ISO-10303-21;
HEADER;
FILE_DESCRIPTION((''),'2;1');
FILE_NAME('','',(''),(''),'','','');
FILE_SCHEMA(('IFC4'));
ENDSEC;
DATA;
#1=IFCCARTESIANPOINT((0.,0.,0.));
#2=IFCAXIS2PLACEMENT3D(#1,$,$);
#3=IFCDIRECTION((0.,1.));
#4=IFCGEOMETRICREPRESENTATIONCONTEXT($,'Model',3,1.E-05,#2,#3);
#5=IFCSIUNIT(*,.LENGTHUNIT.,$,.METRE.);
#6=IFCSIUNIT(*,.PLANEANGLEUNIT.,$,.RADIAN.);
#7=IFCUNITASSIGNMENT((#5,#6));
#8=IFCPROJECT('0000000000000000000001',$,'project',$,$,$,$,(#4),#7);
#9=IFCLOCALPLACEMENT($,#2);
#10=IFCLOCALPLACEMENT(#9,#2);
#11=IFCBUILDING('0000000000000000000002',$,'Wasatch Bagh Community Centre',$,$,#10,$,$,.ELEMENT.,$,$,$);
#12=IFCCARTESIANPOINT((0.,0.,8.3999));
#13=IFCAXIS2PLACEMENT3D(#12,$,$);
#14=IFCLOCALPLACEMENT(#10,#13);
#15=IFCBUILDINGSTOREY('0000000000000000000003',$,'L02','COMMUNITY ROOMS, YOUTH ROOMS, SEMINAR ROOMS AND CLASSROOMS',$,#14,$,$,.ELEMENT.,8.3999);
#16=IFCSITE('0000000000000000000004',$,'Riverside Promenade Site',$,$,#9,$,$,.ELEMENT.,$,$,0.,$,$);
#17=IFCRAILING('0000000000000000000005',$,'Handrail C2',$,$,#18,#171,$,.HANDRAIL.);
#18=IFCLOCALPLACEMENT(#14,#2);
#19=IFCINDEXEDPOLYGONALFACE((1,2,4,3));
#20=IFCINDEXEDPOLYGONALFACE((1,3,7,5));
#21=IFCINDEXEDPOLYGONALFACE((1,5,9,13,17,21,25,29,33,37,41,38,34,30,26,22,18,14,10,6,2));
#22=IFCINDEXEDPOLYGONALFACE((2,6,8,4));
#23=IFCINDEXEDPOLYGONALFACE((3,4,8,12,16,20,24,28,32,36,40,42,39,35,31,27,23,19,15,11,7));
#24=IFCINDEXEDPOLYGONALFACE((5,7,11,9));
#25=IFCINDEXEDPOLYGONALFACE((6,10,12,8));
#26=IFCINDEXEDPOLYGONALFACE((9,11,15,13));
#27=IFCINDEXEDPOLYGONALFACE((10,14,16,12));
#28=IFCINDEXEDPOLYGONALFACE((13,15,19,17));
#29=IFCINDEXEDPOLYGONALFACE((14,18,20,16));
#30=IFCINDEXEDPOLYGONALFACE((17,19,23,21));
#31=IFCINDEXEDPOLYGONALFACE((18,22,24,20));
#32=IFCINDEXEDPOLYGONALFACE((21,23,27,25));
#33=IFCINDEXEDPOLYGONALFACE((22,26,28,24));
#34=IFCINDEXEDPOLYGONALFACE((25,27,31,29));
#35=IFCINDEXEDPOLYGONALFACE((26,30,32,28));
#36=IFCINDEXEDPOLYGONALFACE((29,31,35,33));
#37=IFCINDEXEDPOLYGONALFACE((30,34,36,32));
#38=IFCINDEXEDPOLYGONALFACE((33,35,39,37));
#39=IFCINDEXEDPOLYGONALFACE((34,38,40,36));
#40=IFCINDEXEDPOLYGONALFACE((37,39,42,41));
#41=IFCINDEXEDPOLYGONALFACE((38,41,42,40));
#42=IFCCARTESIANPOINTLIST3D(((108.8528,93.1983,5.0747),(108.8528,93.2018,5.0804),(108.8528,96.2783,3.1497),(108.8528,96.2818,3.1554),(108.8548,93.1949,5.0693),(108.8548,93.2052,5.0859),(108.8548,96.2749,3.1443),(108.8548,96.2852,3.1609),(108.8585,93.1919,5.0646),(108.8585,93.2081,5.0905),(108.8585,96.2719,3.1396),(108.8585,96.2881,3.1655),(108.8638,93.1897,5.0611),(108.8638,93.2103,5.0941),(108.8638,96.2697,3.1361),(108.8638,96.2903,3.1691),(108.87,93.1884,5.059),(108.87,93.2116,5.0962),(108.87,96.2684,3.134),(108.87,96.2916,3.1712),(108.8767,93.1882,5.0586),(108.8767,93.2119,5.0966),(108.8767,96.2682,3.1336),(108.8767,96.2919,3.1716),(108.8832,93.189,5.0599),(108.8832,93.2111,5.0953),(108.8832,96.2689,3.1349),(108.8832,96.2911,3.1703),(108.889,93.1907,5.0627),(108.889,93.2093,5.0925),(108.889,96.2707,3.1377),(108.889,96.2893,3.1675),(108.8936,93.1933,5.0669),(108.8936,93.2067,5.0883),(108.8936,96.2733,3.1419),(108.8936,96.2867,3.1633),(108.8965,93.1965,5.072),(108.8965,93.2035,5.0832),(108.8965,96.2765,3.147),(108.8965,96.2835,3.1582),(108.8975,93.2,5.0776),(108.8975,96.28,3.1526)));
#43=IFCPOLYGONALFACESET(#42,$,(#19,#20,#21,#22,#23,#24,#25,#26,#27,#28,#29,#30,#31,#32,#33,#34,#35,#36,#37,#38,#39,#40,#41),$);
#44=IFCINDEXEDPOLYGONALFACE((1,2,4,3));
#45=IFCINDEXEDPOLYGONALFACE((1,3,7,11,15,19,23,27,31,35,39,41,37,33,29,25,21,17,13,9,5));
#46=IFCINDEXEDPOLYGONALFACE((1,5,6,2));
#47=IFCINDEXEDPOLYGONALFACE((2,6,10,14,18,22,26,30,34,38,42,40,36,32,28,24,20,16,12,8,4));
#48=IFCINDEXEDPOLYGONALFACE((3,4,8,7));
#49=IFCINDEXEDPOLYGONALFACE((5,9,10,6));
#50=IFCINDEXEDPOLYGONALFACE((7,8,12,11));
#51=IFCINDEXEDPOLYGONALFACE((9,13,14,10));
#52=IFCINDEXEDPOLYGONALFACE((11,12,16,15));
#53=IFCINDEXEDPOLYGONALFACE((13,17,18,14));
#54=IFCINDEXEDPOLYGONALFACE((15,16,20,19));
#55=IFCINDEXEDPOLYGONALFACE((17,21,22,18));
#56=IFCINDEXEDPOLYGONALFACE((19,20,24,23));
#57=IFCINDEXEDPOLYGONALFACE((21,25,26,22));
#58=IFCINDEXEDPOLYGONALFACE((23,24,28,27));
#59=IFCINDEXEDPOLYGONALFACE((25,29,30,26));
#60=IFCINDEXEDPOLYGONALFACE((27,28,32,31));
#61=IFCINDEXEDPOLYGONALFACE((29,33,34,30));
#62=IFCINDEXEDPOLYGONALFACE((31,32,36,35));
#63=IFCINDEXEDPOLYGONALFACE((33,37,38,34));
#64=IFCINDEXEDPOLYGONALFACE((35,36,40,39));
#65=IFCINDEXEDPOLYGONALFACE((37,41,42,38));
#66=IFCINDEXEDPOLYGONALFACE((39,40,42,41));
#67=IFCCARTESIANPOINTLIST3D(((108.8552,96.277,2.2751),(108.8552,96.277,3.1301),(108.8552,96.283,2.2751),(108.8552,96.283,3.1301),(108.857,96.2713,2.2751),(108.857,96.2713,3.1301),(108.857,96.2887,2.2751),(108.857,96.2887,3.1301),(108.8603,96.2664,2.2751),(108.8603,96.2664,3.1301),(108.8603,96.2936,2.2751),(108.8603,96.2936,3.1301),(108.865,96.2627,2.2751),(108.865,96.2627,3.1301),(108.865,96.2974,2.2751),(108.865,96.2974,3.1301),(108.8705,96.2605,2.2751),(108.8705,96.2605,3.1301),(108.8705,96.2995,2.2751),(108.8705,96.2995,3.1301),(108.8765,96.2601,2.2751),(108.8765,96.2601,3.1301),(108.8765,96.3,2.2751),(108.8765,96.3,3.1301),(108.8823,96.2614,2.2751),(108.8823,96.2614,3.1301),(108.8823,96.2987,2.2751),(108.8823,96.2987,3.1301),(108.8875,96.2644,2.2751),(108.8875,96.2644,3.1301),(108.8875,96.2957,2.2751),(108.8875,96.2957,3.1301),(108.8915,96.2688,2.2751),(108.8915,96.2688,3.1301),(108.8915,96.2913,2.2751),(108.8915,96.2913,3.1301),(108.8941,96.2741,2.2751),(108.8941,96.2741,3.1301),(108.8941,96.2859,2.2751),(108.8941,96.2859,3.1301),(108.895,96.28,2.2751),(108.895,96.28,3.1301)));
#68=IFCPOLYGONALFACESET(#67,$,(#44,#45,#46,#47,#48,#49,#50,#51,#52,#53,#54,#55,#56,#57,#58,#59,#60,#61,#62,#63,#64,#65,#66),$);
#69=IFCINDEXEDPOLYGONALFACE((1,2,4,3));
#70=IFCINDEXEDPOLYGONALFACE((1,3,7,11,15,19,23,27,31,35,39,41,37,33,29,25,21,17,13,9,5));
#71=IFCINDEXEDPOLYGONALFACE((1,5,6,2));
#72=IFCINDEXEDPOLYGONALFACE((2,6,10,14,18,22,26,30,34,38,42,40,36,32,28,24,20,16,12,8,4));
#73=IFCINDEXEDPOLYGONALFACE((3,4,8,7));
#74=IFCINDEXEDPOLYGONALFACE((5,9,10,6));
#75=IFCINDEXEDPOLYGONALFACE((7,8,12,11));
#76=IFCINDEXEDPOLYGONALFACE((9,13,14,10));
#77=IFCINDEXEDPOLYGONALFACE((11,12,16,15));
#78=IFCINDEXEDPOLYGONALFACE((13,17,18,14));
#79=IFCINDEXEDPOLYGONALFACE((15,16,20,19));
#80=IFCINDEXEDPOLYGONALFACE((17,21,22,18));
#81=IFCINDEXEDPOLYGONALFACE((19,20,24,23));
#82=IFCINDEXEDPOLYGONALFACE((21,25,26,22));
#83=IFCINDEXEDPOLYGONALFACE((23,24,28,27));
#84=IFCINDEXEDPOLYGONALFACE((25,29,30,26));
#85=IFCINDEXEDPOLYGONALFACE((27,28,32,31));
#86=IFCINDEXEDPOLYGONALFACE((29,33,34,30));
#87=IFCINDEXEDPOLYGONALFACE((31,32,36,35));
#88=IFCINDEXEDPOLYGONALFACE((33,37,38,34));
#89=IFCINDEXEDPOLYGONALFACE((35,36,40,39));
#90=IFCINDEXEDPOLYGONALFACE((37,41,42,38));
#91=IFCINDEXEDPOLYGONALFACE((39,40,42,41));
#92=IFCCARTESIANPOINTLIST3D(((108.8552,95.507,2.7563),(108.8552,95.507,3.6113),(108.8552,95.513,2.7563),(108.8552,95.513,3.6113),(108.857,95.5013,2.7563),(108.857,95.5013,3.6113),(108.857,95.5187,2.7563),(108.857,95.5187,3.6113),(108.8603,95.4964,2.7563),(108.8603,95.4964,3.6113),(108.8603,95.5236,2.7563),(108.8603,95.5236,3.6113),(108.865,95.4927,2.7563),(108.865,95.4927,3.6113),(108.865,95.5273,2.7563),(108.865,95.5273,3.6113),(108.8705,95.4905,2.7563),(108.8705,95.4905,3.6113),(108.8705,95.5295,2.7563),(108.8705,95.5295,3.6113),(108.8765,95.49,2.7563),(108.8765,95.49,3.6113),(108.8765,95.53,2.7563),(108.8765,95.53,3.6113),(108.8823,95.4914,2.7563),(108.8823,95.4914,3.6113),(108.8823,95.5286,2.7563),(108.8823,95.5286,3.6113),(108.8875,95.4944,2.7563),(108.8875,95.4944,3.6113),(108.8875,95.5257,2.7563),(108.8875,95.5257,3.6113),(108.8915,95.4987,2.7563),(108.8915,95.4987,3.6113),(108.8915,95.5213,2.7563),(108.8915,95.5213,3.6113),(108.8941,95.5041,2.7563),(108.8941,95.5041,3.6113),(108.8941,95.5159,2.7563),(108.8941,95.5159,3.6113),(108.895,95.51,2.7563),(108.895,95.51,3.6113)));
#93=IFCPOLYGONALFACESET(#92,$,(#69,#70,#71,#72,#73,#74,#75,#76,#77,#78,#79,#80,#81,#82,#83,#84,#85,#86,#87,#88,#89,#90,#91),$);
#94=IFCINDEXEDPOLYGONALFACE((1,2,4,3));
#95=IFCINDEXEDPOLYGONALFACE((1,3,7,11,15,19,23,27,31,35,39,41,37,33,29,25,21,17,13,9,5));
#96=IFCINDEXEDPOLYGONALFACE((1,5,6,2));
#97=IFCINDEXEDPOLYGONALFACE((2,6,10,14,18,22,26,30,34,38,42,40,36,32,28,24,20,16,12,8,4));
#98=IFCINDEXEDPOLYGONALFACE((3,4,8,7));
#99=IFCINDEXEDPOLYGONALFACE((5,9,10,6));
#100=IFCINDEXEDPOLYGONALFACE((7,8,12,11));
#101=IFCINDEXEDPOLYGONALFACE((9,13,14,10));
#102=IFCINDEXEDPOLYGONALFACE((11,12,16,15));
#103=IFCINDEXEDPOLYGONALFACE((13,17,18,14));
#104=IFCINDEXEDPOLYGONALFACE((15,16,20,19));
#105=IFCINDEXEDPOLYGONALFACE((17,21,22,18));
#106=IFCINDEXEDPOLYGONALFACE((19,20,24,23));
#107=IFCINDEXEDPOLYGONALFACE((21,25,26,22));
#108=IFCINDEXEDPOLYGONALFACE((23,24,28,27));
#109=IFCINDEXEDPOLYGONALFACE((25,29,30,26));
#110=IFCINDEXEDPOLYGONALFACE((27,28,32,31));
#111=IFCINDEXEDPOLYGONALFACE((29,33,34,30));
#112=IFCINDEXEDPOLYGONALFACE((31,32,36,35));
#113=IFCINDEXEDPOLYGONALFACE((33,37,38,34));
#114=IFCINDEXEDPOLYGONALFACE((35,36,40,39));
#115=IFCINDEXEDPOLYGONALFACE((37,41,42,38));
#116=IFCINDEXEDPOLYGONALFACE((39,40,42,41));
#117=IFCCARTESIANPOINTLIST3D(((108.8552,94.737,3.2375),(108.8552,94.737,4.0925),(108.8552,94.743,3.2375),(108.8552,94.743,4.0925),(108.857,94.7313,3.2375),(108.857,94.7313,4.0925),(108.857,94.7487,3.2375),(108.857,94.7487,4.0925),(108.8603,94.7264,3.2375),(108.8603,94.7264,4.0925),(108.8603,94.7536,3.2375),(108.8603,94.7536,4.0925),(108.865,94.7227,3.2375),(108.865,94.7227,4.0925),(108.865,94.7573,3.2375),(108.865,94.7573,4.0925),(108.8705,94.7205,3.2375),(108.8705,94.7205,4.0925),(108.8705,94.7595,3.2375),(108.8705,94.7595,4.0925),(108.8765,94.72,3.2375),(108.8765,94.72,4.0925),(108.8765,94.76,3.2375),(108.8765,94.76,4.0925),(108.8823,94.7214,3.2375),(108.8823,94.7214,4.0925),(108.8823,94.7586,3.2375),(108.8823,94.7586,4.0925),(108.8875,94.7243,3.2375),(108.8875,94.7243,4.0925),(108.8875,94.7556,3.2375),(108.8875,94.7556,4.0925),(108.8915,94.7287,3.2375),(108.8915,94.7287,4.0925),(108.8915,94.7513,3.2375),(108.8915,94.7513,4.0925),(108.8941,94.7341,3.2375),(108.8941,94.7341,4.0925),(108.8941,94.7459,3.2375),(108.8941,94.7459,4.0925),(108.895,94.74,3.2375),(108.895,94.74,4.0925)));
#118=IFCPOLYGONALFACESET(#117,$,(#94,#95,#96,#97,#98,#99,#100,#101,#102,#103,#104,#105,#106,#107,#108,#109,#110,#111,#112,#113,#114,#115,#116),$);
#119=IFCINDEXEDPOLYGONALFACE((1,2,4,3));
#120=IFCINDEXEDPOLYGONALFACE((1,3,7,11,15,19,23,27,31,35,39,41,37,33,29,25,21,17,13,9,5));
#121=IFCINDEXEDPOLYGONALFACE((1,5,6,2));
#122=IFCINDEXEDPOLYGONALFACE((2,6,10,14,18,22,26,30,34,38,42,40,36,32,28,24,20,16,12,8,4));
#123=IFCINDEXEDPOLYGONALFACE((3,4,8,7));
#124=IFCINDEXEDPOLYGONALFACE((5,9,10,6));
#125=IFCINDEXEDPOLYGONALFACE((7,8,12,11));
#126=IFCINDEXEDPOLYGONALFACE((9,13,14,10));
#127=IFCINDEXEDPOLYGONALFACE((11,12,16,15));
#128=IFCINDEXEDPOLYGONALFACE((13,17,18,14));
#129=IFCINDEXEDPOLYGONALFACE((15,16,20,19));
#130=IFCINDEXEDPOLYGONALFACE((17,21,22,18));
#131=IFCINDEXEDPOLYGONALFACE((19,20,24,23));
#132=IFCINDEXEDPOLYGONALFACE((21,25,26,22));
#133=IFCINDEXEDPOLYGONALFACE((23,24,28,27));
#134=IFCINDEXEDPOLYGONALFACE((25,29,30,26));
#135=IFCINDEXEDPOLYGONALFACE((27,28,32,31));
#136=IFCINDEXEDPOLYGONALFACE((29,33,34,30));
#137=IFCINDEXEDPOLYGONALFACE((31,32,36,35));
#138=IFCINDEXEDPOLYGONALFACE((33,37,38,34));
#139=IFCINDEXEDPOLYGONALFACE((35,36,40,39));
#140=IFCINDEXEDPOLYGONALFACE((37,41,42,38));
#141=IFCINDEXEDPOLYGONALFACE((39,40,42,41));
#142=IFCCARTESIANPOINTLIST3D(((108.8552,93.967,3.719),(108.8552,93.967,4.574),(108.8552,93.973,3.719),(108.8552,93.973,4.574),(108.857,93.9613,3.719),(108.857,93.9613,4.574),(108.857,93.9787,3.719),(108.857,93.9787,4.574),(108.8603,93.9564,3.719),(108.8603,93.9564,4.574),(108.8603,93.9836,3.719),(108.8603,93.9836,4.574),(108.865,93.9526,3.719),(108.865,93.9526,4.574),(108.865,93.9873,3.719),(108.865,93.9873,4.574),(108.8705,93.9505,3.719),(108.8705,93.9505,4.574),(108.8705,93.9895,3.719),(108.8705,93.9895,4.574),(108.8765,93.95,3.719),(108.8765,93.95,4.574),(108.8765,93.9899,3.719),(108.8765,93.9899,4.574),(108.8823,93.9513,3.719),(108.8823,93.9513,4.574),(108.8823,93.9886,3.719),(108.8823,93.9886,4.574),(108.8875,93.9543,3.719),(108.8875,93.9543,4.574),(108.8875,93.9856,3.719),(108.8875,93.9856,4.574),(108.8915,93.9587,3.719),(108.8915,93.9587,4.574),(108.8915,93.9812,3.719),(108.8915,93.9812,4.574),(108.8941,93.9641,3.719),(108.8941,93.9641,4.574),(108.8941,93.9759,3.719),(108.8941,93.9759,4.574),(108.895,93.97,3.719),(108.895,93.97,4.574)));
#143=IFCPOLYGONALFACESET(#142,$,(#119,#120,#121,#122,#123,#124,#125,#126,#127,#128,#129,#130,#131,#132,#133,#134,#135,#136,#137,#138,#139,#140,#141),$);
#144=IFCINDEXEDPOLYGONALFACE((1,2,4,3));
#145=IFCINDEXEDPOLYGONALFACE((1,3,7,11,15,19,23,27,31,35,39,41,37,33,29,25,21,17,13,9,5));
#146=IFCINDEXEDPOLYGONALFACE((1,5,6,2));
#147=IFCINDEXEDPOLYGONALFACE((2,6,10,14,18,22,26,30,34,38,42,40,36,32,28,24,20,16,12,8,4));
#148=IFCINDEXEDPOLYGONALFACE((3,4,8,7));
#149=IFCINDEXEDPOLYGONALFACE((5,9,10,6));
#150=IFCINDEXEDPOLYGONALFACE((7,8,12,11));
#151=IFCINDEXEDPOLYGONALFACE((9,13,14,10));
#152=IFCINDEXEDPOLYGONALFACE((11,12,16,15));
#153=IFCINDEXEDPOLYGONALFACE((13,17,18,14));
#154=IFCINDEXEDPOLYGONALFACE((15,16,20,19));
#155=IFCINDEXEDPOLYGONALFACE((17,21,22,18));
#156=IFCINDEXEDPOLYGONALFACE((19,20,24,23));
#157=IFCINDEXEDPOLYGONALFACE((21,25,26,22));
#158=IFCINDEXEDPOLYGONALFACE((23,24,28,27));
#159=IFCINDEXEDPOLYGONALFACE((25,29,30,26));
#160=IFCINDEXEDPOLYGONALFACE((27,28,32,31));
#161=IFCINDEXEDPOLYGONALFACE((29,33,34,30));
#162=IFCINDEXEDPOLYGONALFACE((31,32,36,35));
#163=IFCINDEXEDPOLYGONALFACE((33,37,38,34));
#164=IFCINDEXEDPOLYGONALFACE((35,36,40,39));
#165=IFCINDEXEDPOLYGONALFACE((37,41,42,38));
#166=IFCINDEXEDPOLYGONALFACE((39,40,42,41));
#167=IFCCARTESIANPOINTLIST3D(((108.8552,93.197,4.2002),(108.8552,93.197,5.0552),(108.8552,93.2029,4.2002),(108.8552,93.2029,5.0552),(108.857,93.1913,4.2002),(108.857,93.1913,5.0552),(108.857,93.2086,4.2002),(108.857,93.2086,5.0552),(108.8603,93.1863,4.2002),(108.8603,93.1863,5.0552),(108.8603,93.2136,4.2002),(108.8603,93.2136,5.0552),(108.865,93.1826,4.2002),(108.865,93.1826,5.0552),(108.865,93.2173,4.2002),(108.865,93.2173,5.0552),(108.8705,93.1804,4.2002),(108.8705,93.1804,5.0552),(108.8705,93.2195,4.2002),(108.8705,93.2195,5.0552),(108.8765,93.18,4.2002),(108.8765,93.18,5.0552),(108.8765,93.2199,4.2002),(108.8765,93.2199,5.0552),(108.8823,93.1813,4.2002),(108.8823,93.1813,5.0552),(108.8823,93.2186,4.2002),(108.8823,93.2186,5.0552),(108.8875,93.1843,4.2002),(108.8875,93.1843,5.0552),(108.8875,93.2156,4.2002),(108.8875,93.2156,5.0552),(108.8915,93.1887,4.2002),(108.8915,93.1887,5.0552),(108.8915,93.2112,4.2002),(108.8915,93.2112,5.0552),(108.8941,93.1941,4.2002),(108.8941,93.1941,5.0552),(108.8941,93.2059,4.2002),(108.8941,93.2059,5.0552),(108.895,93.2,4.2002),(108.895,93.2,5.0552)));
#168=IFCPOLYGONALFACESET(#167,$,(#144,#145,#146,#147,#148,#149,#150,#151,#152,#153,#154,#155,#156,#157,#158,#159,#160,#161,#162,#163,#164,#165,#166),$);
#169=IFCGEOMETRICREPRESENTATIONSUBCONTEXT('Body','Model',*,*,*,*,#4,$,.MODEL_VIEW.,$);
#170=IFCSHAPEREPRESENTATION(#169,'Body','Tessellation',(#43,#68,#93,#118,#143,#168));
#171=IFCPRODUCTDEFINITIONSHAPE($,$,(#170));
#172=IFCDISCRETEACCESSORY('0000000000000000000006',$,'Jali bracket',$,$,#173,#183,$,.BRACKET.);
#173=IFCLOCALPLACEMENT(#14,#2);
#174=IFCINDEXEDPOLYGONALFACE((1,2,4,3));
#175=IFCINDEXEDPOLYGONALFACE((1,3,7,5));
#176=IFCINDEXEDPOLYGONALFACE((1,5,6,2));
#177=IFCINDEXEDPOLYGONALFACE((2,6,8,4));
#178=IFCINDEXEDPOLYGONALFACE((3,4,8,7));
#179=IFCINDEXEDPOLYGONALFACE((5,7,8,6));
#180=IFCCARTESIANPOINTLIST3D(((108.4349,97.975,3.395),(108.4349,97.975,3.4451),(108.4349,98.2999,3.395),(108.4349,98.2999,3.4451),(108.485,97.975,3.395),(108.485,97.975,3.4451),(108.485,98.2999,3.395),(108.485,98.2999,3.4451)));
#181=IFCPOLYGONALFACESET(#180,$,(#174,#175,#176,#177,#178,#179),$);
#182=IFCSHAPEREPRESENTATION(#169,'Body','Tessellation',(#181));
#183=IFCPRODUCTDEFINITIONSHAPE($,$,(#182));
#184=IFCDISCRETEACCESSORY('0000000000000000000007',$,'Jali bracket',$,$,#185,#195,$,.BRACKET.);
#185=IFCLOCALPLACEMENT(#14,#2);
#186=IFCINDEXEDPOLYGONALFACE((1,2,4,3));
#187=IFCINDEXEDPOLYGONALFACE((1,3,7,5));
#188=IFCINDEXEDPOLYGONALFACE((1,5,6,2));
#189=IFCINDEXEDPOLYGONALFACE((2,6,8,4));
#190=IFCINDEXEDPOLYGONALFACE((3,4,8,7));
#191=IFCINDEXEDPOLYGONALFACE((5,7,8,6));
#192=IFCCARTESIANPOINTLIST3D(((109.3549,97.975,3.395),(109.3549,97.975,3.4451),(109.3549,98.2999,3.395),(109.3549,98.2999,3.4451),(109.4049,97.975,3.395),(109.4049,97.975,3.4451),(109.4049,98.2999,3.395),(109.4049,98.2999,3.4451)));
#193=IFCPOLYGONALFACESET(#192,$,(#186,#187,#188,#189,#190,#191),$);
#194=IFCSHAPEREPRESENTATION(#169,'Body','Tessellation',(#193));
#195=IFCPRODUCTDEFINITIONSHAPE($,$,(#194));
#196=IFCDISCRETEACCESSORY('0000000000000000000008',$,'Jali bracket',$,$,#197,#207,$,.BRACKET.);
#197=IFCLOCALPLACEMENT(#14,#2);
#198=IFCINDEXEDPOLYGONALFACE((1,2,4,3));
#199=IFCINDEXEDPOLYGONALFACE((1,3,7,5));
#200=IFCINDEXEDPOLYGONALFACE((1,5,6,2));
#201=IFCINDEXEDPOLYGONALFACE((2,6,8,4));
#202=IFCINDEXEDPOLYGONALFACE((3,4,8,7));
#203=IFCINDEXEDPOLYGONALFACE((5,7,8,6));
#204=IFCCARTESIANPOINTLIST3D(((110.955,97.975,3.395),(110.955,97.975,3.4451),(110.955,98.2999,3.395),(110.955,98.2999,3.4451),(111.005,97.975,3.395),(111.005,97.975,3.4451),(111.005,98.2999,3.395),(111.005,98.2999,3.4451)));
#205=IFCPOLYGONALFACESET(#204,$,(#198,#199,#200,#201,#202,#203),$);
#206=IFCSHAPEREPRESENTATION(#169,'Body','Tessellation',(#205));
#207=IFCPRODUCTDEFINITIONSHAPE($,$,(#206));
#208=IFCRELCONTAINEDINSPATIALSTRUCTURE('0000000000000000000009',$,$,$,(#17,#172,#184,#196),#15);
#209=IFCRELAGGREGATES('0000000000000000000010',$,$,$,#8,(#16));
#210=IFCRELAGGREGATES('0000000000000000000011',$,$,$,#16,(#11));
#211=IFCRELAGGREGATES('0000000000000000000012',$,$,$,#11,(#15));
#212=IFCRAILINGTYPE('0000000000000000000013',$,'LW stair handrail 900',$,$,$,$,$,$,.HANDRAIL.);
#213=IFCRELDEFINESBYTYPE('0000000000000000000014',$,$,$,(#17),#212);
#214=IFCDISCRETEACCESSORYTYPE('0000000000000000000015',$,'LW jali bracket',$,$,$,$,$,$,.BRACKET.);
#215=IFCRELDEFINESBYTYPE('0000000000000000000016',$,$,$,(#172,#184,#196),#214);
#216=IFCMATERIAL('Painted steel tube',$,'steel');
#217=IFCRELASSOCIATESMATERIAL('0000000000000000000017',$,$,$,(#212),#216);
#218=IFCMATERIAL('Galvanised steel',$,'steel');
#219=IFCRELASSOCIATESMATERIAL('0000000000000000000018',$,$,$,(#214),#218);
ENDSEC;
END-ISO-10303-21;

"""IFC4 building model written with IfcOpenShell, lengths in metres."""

from ifc_helpers import new_model, si_unit, direction, frame, origin, origin_2d, place, context, subcontext, project, spatial, rectangle, circle, extrude, material, type_object, element, save


model = new_model("IFC4")

# Units and contexts
model_context = context("Model", 3, precision=1e-05, world=origin(), true_north=direction((0.0, 1.0)))
body_context = subcontext(model_context, "Body", "Model", "MODEL_VIEW")
ifc_project = project(units=[si_unit("LENGTHUNIT", "METRE"), si_unit("PLANEANGLEUNIT", "RADIAN")], contexts=[model_context])

# Site, building, storey
site_placement = place(None, origin())
site = spatial("IfcSite", under=ifc_project, at=site_placement, Name="Riverside Promenade Site", CompositionType="ELEMENT", RefElevation=0.0)
building_placement = place(site_placement, origin())
building = spatial("IfcBuilding", under=site, at=building_placement, Name="Wasatch Bagh Community Centre", CompositionType="ELEMENT")
storey_placement = place(building_placement, frame((0.0, 0.0, 8.3999)))
storey = spatial("IfcBuildingStorey", under=building, at=storey_placement, Name="L02", Description="COMMUNITY ROOMS, YOUTH ROOMS, SEMINAR ROOMS AND CLASSROOMS", CompositionType="ELEMENT", Elevation=8.3999)

# Railing
ifc_material_1 = material(Name="Painted steel tube", Category="steel")
railing_type = type_object("IfcRailingType", Name="LW stair handrail 900", PredefinedType="HANDRAIL", material=ifc_material_1)
railing_placement = place(storey_placement, frame((108.875, 96.28, 2.2751)))
element("IfcRailing", 1, at=railing_placement, inside=storey, type_object=railing_type, Name="Handrail C2", PredefinedType="HANDRAIL", context=body_context, shape_type="SweptSolid", body=[
    extrude(circle(Radius=0.0225, at=origin_2d()), frame((0.0, 0.0, 0.8774), z_axis=(0.0, -0.847998, 0.529999), x_axis=(1.0, 0.0, 0.0)), (0.0, 0.0, 1.0), 3.6321),
    extrude(circle(Radius=0.02, at=origin_2d()), origin(), (0.0, 0.0, 1.0), 0.855),
    extrude(circle(Radius=0.02, at=origin_2d()), frame((0.0, -0.77, 0.4812)), (0.0, 0.0, 1.0), 0.855),
    extrude(circle(Radius=0.02, at=origin_2d()), frame((0.0, -1.54, 0.9624)), (0.0, 0.0, 1.0), 0.855),
    extrude(circle(Radius=0.02, at=origin_2d()), frame((0.0, -2.3101, 1.4438)), (0.0, 0.0, 1.0), 0.855),
    extrude(circle(Radius=0.02, at=origin_2d()), frame((0.0, -3.0801, 1.925)), (0.0, 0.0, 1.0), 0.855),
])

# Discrete accessories
ifc_material_2 = material(Name="Galvanised steel", Category="steel")
discrete_accessory_type = type_object("IfcDiscreteAccessoryType", Name="LW jali bracket", PredefinedType="BRACKET", material=ifc_material_2)
for number, where, z_axis, x_axis, name in (
    (2, (108.46, 98.1375, 3.395), (0.0, 0.0, 1.0), (1.0, 0.0, 0.0), "Jali bracket"),
    (3, (109.3799, 98.1375, 3.395), (0.0, 0.0, 1.0), (1.0, 0.0, 0.0), "Jali bracket"),
    (4, (110.98, 98.1375, 3.395), (0.0, 0.0, 1.0), (1.0, 0.0, 0.0), "Jali bracket"),
):
    element("IfcDiscreteAccessory", number, at=place(storey_placement, frame(where, z_axis=z_axis, x_axis=x_axis)), inside=storey, type_object=discrete_accessory_type, Name=name, PredefinedType="BRACKET", context=body_context, shape_type="SweptSolid", body=[
        extrude(rectangle(XDim=0.05, YDim=0.325, at=origin_2d()), origin(), (0.0, 0.0, 1.0), 0.05),
    ])

save(model, "model.ifc")
